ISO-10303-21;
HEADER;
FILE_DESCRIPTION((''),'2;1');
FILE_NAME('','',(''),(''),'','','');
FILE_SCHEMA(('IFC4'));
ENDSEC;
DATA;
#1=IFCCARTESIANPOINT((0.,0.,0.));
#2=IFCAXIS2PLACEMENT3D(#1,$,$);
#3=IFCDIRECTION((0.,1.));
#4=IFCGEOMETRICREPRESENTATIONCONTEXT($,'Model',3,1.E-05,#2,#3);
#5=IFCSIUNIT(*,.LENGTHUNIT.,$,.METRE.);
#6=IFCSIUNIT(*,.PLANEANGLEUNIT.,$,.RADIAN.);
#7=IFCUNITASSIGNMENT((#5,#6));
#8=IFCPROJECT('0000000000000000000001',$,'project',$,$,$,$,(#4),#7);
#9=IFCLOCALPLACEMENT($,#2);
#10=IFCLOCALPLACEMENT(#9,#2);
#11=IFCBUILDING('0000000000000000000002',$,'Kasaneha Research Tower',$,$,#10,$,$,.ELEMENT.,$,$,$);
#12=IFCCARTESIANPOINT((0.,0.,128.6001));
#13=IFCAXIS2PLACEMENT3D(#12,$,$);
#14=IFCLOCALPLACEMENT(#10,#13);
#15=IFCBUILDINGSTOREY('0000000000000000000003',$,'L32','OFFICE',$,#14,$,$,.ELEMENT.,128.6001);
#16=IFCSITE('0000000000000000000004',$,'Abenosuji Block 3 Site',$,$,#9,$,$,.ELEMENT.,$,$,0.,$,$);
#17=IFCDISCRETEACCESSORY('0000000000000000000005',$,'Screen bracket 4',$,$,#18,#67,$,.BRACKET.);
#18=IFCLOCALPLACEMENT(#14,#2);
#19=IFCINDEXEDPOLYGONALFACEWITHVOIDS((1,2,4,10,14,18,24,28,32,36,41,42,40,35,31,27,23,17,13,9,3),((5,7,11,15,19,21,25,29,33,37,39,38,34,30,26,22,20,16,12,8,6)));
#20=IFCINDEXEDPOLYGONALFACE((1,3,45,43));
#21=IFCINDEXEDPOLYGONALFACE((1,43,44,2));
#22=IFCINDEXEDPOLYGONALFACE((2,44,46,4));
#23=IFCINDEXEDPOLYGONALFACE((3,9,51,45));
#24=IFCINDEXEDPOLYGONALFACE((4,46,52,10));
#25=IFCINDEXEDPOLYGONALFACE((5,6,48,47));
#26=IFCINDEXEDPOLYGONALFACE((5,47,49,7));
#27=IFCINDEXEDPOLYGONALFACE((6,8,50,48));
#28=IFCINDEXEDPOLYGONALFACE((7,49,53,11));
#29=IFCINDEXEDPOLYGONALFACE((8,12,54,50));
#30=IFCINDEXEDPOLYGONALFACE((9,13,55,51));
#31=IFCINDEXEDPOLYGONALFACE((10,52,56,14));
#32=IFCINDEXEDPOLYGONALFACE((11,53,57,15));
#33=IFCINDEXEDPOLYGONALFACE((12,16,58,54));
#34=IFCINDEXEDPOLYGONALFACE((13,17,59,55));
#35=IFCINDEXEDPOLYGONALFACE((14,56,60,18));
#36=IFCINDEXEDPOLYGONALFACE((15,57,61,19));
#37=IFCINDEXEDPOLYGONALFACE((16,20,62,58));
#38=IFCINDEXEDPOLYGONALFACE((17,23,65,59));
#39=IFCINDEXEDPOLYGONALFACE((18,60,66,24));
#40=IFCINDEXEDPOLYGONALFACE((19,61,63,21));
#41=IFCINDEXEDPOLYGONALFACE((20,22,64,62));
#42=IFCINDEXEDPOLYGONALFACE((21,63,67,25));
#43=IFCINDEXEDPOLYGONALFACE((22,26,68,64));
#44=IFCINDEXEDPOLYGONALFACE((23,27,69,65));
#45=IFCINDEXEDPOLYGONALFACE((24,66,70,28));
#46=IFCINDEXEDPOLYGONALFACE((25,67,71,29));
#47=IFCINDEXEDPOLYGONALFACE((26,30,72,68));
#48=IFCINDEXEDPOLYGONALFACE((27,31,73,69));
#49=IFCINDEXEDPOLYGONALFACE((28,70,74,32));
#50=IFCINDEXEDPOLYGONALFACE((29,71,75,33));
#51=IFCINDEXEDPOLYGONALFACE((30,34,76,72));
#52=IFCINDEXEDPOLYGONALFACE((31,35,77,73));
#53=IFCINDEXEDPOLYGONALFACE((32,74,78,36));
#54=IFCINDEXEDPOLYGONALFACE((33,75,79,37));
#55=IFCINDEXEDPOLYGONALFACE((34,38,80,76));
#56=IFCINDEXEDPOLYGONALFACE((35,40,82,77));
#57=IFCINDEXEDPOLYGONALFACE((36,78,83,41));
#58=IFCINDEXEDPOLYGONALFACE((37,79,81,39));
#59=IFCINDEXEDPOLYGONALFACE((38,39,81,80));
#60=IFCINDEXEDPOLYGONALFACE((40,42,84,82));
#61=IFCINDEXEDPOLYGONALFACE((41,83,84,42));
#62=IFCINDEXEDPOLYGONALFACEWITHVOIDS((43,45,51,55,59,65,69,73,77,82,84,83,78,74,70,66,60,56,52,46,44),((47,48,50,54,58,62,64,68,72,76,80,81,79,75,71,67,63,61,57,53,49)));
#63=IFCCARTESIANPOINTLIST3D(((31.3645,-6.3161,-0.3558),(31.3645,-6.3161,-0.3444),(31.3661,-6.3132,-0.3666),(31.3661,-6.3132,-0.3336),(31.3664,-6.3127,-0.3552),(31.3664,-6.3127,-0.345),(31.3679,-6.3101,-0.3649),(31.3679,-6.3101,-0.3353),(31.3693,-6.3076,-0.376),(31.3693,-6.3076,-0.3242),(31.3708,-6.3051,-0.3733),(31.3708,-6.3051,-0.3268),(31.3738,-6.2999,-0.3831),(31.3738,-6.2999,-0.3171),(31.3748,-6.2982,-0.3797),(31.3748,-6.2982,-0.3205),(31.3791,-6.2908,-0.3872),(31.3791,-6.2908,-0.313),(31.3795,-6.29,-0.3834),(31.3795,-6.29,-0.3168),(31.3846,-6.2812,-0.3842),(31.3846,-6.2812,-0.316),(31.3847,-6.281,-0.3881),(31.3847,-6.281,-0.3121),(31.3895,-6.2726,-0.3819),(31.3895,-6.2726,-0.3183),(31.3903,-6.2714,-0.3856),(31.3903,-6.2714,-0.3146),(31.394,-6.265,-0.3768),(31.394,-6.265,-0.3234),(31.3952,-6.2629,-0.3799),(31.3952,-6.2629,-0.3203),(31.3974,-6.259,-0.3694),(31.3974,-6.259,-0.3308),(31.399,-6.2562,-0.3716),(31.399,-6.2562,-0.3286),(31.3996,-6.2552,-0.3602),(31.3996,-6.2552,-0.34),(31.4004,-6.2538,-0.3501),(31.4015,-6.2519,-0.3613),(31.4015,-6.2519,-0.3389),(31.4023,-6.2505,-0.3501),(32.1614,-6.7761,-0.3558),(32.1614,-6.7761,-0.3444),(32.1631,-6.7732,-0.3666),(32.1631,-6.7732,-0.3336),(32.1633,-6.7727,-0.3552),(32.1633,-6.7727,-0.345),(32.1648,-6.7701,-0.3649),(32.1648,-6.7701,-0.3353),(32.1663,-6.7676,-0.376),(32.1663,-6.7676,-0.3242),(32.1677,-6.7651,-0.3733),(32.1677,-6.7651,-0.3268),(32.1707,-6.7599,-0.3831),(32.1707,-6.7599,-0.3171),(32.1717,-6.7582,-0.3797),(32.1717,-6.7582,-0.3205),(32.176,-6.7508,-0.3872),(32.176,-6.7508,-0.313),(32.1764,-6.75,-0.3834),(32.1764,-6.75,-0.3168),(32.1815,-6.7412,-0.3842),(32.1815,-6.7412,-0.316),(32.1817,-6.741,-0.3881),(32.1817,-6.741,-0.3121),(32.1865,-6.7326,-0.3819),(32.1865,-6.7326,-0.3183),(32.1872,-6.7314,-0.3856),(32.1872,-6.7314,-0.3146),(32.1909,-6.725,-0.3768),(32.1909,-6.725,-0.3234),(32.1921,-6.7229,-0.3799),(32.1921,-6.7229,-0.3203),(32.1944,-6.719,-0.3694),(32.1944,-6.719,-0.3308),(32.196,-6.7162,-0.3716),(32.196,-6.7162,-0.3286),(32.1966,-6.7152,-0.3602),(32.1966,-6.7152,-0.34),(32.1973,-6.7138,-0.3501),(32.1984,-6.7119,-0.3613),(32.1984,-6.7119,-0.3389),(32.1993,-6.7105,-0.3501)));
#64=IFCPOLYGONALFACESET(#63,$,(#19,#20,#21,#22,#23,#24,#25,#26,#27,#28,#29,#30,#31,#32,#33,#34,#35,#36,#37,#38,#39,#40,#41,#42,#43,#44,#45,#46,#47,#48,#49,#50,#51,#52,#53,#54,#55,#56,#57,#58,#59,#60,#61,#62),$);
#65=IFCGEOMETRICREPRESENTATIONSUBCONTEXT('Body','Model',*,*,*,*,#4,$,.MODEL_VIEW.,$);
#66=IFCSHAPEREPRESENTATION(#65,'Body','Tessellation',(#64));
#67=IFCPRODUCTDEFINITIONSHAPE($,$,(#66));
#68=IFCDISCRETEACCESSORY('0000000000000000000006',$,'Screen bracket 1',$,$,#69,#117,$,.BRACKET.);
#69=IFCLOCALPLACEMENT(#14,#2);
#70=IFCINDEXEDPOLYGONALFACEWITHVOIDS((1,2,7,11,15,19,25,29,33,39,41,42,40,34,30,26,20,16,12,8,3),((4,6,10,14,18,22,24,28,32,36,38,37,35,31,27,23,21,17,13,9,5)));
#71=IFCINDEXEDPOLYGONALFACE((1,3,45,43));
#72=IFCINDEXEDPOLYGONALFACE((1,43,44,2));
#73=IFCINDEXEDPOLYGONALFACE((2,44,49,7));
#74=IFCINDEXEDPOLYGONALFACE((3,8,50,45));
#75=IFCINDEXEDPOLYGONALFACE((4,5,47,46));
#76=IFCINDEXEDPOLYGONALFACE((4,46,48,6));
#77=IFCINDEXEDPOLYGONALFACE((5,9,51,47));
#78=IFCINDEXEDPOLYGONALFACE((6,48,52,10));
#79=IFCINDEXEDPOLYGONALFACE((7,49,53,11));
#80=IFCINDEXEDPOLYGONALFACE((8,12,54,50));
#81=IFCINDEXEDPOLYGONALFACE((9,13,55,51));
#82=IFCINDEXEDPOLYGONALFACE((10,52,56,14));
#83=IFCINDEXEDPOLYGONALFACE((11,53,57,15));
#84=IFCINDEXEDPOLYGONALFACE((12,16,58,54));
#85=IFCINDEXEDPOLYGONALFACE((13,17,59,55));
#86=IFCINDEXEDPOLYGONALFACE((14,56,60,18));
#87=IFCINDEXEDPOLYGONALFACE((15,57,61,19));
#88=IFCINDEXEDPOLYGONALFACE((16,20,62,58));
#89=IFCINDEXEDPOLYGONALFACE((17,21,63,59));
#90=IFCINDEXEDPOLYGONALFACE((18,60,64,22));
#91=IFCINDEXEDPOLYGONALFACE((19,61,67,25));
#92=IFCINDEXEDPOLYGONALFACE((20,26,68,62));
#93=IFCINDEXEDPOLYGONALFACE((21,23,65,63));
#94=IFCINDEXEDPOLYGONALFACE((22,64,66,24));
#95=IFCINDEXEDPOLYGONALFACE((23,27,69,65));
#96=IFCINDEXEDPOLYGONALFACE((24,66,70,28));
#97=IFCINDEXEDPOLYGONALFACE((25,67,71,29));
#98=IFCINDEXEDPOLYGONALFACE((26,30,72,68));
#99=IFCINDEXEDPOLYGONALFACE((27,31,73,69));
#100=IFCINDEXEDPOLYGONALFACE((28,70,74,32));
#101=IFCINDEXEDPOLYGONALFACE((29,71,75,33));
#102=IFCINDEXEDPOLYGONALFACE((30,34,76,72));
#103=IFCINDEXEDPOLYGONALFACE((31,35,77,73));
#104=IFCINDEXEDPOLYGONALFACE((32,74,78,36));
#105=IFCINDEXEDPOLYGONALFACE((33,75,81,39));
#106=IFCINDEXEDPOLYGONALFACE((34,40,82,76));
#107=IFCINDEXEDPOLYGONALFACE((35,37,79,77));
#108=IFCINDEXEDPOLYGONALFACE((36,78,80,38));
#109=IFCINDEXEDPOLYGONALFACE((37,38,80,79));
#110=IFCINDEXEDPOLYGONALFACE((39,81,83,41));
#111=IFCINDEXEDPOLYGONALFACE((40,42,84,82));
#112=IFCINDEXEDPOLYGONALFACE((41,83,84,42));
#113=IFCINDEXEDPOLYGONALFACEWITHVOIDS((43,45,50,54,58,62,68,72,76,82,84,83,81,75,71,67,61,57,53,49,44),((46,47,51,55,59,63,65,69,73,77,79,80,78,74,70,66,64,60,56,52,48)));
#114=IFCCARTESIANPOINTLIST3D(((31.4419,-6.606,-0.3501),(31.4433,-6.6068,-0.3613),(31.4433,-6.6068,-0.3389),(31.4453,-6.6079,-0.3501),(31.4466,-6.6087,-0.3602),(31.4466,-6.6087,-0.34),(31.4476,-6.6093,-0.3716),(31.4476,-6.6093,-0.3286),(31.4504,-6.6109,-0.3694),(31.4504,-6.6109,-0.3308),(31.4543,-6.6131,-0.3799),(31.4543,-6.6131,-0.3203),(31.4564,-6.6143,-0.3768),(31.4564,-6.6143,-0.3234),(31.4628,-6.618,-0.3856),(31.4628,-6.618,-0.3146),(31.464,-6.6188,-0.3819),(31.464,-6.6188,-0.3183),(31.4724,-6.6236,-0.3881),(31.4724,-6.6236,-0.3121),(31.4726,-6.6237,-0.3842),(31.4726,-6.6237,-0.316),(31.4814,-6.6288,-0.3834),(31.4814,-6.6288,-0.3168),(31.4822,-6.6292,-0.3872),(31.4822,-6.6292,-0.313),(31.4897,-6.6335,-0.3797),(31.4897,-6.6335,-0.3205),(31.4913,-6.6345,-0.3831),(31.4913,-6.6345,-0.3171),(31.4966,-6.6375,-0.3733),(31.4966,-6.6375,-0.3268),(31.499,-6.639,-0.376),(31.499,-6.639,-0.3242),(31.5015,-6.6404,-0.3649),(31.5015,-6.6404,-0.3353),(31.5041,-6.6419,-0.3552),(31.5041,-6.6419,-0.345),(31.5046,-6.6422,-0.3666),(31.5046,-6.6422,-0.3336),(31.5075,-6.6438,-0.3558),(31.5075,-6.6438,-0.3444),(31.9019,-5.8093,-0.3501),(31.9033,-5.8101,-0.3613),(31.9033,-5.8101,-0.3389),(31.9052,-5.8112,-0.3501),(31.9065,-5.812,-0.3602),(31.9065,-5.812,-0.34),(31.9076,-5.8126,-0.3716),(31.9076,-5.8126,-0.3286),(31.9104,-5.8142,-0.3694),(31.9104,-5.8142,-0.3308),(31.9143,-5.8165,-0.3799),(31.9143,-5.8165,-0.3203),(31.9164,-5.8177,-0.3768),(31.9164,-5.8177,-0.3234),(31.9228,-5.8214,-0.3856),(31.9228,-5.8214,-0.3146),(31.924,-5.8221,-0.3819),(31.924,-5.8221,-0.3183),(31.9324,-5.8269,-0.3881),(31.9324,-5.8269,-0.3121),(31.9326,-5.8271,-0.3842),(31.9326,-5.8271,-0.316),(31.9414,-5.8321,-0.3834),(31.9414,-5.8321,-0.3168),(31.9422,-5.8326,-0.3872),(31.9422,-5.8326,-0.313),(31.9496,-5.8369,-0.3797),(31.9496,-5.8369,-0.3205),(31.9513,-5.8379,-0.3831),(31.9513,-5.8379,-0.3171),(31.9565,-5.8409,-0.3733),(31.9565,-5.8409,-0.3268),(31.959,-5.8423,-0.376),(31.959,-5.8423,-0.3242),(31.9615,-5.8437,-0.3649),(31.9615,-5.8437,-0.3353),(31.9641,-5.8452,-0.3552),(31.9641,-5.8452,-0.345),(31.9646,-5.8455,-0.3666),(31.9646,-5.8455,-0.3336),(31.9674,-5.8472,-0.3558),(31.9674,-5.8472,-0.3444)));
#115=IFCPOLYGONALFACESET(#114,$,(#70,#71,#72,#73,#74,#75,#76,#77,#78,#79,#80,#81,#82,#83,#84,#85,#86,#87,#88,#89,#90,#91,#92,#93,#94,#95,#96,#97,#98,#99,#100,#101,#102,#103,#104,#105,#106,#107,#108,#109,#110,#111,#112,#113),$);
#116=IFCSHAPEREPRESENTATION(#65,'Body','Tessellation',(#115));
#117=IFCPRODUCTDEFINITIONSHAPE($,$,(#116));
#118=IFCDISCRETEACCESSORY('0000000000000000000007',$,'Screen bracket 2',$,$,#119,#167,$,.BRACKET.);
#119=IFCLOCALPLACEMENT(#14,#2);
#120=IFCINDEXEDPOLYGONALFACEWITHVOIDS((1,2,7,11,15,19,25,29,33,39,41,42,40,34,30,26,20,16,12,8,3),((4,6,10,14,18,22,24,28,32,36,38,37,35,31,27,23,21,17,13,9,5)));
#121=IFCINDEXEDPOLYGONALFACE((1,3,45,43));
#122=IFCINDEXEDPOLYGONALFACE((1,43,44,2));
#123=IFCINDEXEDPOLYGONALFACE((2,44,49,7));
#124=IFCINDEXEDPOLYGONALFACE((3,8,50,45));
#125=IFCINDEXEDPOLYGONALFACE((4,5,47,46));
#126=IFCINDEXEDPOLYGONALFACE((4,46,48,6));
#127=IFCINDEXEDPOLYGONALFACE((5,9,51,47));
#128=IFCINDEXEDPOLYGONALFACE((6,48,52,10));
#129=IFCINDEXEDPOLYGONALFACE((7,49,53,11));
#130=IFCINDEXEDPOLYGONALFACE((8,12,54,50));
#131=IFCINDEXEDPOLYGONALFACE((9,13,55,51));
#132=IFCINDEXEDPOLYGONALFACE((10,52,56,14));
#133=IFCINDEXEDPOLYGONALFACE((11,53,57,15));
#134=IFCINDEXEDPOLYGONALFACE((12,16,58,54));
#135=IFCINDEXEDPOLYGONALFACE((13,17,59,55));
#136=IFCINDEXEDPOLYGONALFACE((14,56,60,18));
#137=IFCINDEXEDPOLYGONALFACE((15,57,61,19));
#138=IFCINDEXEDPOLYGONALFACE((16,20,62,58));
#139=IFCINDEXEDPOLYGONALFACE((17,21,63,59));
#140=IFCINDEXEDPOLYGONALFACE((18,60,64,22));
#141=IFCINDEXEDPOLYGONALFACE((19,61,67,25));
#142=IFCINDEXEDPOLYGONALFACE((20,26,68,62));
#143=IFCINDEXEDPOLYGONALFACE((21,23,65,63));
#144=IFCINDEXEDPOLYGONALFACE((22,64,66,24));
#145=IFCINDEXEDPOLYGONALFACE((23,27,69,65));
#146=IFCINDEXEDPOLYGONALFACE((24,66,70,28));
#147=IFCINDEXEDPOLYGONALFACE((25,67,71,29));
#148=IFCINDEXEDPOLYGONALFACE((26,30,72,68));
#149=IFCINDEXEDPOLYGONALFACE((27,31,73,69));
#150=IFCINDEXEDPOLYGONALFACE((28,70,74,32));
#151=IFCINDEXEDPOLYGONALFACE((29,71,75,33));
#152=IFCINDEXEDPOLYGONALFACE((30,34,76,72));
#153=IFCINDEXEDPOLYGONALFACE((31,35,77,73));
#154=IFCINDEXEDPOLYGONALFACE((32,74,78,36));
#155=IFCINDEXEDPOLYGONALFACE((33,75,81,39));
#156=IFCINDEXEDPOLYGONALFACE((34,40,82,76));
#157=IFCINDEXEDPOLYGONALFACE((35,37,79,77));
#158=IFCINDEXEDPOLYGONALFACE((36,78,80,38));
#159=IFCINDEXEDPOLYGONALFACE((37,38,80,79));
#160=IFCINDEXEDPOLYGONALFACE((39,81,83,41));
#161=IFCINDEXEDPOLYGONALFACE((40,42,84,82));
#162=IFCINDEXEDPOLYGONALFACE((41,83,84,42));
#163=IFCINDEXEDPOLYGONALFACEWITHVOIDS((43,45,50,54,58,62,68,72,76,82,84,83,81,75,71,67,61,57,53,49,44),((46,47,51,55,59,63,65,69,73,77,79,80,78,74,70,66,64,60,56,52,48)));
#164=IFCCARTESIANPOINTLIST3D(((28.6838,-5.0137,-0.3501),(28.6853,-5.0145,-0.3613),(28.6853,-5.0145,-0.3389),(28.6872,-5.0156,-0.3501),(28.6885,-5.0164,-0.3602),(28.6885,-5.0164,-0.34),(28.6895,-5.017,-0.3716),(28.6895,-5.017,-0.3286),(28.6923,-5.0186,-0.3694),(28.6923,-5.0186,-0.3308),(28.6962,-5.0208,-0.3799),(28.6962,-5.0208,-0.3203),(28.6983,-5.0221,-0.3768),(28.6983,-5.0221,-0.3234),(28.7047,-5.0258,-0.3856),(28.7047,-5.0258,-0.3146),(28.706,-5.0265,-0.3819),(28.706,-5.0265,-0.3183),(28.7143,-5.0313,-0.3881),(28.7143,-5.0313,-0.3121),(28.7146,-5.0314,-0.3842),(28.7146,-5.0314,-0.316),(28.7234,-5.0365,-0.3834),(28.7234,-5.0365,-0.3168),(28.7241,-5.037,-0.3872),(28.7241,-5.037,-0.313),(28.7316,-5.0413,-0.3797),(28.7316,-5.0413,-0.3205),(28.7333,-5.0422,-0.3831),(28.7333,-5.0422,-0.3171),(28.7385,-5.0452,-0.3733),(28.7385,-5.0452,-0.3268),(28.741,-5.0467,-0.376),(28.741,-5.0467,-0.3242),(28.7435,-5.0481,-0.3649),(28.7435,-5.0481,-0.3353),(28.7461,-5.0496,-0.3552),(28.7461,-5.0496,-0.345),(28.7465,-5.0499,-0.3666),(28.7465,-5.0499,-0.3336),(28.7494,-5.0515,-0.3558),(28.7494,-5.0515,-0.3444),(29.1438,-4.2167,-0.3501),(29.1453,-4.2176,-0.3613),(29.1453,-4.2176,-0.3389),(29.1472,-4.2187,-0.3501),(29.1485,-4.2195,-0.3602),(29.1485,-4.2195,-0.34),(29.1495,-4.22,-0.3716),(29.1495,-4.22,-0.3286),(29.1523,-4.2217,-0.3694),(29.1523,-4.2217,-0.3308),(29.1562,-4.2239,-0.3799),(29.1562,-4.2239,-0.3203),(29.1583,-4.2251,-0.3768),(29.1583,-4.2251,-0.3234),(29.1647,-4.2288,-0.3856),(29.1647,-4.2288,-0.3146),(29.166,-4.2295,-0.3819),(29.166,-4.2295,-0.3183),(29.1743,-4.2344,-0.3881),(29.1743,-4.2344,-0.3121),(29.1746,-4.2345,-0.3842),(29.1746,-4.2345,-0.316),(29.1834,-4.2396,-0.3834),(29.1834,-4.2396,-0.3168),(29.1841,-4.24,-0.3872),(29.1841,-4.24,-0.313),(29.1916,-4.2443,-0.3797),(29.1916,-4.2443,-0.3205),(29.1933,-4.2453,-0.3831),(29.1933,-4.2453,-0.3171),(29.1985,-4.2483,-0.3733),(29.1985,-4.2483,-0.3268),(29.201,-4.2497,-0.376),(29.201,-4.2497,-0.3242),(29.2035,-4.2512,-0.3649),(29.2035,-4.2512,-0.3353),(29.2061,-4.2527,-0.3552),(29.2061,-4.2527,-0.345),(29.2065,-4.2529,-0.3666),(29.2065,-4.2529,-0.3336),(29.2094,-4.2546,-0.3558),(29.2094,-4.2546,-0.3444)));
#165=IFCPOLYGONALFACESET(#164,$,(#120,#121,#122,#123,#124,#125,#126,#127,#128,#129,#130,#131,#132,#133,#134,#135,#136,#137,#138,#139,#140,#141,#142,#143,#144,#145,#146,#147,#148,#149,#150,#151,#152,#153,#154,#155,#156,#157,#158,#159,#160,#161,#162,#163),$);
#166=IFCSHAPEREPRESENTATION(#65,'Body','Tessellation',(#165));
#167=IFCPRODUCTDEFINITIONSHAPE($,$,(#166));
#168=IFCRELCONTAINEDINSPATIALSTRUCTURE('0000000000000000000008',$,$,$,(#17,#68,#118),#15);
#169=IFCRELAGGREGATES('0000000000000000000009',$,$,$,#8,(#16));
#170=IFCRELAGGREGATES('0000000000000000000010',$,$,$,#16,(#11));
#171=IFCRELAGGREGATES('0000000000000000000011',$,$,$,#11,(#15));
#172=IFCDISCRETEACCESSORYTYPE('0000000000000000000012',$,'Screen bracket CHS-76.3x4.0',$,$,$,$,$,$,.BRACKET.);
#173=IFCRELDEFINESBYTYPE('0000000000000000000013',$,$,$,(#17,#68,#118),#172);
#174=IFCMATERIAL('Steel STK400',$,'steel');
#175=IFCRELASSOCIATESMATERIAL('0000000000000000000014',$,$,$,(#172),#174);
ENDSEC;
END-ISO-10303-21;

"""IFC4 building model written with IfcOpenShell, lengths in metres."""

from ifc_helpers import new_model, si_unit, direction, frame, origin, origin_2d, place, context, subcontext, project, spatial, hollow_circle, extrude, material, material_profile, profile_set, type_object, element, save


model = new_model("IFC4")

# Units and contexts
model_context = context("Model", 3, precision=1e-05, world=origin(), true_north=direction((0.0, 1.0)))
body_context = subcontext(model_context, "Body", "Model", "MODEL_VIEW")
ifc_project = project(units=[si_unit("LENGTHUNIT", "METRE"), si_unit("PLANEANGLEUNIT", "RADIAN")], contexts=[model_context])

# Site, building, storey
site_placement = place(None, origin())
site = spatial("IfcSite", under=ifc_project, at=site_placement, Name="Abenosuji Block 3 Site", CompositionType="ELEMENT", RefElevation=0.0)
building_placement = place(site_placement, origin())
building = spatial("IfcBuilding", under=site, at=building_placement, Name="Kasaneha Research Tower", CompositionType="ELEMENT")
storey_placement = place(building_placement, frame((0.0, 0.0, 128.6001)))
storey = spatial("IfcBuildingStorey", under=building, at=storey_placement, Name="L32", Description="OFFICE", CompositionType="ELEMENT", Elevation=128.6001)

# Discrete accessories
ifc_material_1 = material(Name="Steel STK400", Category="steel")
ifc_material_profile_1 = material_profile(ifc_material_1, hollow_circle(Radius=0.0381, WallThickness=0.0039, at=origin_2d()), Name="CHS-76.3x4.0")
ifc_profile_set_1 = profile_set([ifc_material_profile_1], Name="Steel STK400")
discrete_accessory_type = type_object("IfcDiscreteAccessoryType", Name="Screen bracket CHS-76.3x4.0", PredefinedType="BRACKET", material=ifc_profile_set_1)
discrete_accessory_1_placement = place(storey_placement, frame((31.3833, -6.2834, -0.3501), z_axis=(0.86608, -0.499906, 0.0), x_axis=(0.499906, 0.86608, 0.0)))
element("IfcDiscreteAccessory", 1, at=discrete_accessory_1_placement, inside=storey, type_object=discrete_accessory_type, Name="Screen bracket 4", PredefinedType="BRACKET", context=body_context, shape_type="SweptSolid", body=[
    extrude(hollow_circle(Radius=0.0381, WallThickness=0.0039, at=origin_2d()), origin(), (0.0, 0.0, 1.0), 0.9202),
])
discrete_accessory_2_placement = place(storey_placement, frame((31.4749, -6.625, -0.3501), z_axis=(0.500021, 0.866013, 0.0), x_axis=(-0.866013, 0.500021, 0.0)))
element("IfcDiscreteAccessory", 2, at=discrete_accessory_2_placement, inside=storey, type_object=discrete_accessory_type, Name="Screen bracket 1", PredefinedType="BRACKET", context=body_context, shape_type="SweptSolid", body=[
    extrude(hollow_circle(Radius=0.0381, WallThickness=0.0039, at=origin_2d()), origin(), (0.0, 0.0, 1.0), 0.9199),
])
discrete_accessory_3_placement = place(storey_placement, frame((28.7168, -5.0327, -0.3501), z_axis=(0.499906, 0.86608, 0.0), x_axis=(-0.86608, 0.499906, 0.0)))
element("IfcDiscreteAccessory", 3, at=discrete_accessory_3_placement, inside=storey, type_object=discrete_accessory_type, Name="Screen bracket 2", PredefinedType="BRACKET", context=body_context, shape_type="SweptSolid", body=[
    extrude(hollow_circle(Radius=0.0381, WallThickness=0.0039, at=origin_2d()), origin(), (0.0, 0.0, 1.0), 0.9202),
])

save(model, "model.ifc")
